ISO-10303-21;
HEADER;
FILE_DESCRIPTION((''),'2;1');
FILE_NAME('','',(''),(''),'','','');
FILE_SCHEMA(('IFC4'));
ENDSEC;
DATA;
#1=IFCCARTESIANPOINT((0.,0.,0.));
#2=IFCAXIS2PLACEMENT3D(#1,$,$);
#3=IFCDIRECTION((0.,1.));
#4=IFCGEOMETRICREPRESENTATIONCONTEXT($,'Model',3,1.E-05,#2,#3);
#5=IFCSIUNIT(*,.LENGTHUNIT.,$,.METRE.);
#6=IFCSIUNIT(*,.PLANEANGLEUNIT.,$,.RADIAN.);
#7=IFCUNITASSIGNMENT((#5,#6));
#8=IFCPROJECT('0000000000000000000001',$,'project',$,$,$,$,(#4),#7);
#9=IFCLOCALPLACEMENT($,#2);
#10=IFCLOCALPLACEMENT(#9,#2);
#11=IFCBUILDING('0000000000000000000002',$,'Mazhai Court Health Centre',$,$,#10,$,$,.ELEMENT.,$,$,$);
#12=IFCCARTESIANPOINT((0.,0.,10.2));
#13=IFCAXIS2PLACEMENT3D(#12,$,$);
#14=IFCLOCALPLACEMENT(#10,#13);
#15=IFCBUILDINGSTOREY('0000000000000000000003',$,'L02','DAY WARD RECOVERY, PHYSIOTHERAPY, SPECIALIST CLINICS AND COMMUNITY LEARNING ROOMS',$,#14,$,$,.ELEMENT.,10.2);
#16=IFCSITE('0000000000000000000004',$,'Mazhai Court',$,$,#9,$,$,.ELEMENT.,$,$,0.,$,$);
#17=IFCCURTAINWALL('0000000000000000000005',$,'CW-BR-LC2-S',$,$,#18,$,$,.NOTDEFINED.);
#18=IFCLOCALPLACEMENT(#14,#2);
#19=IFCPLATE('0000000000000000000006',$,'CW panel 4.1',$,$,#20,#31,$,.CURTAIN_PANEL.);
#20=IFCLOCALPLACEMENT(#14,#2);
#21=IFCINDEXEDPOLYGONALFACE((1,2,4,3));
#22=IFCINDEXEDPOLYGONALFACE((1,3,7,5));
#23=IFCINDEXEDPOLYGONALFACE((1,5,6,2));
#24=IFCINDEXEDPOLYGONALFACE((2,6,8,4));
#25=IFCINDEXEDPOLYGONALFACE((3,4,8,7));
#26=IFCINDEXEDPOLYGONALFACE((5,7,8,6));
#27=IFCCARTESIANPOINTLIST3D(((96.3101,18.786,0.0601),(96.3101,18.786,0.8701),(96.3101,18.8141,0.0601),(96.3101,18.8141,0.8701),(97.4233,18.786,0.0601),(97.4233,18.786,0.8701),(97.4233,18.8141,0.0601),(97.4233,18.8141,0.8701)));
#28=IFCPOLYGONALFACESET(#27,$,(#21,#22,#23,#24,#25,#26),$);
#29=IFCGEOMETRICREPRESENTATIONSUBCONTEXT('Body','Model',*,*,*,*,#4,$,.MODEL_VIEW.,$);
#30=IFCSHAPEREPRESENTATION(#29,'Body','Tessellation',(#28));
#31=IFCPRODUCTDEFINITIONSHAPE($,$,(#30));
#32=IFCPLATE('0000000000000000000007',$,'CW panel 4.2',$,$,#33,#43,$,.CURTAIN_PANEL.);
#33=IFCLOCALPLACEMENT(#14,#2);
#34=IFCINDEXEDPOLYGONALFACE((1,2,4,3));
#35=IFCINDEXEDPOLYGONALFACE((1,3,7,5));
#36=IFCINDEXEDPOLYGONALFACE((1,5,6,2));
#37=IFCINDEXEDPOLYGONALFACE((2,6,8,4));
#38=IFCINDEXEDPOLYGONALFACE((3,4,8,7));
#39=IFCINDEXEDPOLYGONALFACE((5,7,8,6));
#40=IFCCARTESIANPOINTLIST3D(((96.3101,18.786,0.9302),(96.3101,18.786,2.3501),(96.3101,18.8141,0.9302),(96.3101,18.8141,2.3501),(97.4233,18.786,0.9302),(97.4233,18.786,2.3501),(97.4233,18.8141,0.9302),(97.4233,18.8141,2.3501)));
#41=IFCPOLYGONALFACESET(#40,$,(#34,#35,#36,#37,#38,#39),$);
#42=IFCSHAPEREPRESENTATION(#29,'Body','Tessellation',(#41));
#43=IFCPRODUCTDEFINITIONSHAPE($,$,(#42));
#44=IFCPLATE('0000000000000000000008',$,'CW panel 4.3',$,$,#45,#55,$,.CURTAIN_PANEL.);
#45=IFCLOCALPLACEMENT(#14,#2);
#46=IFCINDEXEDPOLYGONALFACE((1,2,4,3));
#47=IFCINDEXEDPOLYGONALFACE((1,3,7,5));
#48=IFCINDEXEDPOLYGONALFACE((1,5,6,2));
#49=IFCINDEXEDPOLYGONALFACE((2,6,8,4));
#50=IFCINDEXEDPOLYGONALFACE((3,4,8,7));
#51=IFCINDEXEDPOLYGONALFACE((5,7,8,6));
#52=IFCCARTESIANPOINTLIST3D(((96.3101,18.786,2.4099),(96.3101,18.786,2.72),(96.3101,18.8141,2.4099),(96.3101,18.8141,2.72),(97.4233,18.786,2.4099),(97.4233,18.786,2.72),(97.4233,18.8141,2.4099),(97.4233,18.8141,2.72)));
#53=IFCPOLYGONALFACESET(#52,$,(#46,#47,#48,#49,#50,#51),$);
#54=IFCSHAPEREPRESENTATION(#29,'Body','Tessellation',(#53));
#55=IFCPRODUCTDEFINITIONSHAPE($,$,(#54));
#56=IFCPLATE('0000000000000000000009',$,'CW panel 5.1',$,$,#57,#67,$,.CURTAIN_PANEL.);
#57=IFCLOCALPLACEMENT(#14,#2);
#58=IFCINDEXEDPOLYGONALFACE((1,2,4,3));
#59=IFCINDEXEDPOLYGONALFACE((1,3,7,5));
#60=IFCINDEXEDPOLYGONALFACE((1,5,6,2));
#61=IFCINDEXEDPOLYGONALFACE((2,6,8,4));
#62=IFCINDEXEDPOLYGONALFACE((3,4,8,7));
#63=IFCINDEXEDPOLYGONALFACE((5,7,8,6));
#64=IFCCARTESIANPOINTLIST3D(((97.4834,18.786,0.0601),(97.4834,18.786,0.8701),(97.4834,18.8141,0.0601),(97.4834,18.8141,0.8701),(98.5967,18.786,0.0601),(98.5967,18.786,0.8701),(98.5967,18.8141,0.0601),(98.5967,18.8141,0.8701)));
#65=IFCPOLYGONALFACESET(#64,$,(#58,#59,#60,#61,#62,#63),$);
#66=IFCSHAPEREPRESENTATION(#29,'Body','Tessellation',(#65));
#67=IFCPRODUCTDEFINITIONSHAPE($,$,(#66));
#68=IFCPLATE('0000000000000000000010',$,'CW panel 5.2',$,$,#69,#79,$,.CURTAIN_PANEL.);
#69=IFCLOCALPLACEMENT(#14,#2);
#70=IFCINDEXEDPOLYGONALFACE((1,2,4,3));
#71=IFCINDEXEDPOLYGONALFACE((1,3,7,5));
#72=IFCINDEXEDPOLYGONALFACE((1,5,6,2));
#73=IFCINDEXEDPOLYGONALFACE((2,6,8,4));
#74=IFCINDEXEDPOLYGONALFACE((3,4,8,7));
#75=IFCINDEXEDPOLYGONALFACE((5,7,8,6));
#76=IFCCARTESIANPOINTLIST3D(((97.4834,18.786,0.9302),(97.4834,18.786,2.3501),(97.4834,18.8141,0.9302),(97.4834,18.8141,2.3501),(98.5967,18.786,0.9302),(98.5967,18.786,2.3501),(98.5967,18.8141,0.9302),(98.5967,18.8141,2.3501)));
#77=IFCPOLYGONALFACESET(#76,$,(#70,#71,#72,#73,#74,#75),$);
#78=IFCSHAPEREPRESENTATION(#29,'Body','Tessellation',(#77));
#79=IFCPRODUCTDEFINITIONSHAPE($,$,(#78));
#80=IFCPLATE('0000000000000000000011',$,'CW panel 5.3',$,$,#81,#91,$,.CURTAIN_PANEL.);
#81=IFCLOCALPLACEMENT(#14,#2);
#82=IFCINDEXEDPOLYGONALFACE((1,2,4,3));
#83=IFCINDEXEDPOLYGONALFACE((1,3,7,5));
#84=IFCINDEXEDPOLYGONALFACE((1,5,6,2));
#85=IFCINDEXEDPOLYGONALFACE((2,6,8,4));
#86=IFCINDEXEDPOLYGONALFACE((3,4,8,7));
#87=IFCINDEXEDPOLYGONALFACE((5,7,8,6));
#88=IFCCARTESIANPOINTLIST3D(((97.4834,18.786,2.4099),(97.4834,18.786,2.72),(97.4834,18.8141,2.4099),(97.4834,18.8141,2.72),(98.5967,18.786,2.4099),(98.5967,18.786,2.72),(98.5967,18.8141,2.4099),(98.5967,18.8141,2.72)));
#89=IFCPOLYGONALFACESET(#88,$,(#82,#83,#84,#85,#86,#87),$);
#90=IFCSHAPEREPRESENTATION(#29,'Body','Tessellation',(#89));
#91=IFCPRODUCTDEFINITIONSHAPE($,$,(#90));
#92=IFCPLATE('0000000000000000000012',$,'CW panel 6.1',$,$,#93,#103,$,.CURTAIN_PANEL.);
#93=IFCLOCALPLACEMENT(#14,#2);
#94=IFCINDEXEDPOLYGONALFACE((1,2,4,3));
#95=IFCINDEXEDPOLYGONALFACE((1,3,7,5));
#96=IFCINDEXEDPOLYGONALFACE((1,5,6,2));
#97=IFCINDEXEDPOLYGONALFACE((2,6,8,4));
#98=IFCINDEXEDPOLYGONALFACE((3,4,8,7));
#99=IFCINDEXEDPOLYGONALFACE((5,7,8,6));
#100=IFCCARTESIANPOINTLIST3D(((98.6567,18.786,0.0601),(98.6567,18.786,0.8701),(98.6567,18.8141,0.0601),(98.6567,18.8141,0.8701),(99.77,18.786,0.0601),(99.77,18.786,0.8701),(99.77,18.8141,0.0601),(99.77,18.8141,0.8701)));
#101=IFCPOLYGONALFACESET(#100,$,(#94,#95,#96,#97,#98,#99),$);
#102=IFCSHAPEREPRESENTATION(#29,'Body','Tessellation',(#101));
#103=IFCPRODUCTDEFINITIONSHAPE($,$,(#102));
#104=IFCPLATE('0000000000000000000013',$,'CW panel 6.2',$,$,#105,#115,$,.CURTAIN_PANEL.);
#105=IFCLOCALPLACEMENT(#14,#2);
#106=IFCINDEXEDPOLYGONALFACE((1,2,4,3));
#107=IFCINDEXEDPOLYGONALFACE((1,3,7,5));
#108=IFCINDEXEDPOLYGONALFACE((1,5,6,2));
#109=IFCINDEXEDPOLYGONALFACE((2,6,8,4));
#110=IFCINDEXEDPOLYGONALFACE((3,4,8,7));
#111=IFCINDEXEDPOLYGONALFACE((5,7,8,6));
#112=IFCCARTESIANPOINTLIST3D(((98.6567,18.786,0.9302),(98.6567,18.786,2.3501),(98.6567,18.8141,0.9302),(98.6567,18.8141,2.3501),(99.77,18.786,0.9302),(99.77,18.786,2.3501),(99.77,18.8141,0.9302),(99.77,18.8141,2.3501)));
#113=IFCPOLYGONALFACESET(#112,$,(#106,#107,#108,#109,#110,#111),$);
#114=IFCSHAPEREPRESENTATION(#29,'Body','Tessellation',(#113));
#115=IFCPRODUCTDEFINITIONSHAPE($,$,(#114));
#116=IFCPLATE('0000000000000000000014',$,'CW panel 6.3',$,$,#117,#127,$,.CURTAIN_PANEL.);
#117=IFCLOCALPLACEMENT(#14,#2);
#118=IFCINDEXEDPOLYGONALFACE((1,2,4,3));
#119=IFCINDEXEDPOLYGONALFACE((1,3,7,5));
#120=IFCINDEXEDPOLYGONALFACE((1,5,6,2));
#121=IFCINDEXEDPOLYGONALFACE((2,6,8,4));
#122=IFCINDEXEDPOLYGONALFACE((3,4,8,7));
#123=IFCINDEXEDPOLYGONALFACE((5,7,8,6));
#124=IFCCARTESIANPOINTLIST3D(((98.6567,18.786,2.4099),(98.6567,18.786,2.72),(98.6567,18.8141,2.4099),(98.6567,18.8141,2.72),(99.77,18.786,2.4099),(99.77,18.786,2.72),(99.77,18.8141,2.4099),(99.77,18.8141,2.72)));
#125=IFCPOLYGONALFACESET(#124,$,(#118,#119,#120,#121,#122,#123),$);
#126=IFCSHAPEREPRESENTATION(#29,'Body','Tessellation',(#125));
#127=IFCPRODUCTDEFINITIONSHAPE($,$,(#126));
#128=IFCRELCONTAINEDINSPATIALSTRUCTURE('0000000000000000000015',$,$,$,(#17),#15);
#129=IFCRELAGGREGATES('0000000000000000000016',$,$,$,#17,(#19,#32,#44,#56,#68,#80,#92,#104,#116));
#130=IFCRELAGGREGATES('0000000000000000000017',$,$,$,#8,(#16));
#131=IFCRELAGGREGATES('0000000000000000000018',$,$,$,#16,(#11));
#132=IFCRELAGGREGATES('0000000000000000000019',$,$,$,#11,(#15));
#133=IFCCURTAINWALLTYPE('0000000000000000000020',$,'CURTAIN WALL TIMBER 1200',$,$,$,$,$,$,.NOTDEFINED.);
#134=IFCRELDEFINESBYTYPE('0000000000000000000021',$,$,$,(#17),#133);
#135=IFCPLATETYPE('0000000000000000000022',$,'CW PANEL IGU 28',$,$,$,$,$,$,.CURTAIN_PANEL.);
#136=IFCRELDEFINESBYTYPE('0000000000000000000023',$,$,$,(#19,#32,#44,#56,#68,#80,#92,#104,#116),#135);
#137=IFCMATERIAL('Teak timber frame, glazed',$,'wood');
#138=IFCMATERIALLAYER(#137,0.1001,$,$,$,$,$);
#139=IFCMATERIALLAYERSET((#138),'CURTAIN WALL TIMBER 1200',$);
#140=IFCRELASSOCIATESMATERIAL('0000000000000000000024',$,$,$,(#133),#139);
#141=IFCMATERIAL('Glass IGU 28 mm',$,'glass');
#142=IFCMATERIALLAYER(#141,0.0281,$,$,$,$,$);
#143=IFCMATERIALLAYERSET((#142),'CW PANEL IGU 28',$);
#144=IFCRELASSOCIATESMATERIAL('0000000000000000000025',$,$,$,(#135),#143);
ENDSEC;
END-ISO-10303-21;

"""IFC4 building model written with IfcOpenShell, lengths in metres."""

from ifc_helpers import new_model, si_unit, direction, frame, origin, origin_2d, place, context, subcontext, project, spatial, rectangle, extrude, material, layer, layer_set, type_object, element, aggregate, save


model = new_model("IFC4")

# Units and contexts
model_context = context("Model", 3, precision=1e-05, world=origin(), true_north=direction((0.0, 1.0)))
body_context = subcontext(model_context, "Body", "Model", "MODEL_VIEW")
ifc_project = project(units=[si_unit("LENGTHUNIT", "METRE"), si_unit("PLANEANGLEUNIT", "RADIAN")], contexts=[model_context])

# Site, building, storey
site_placement = place(None, origin())
site = spatial("IfcSite", under=ifc_project, at=site_placement, Name="Mazhai Court", CompositionType="ELEMENT", RefElevation=0.0)
building_placement = place(site_placement, origin())
building = spatial("IfcBuilding", under=site, at=building_placement, Name="Mazhai Court Health Centre", CompositionType="ELEMENT")
storey_placement = place(building_placement, frame((0.0, 0.0, 10.2)))
storey = spatial("IfcBuildingStorey", under=building, at=storey_placement, Name="L02", Description="DAY WARD RECOVERY, PHYSIOTHERAPY, SPECIALIST CLINICS AND COMMUNITY LEARNING ROOMS", CompositionType="ELEMENT", Elevation=10.2)

# Curtain wall, plates
ifc_material_1 = material(Name="Teak timber frame, glazed", Category="wood")
ifc_layer_1 = layer(ifc_material_1, 0.1001)
ifc_layer_set_1 = layer_set([ifc_layer_1], Name="CURTAIN WALL TIMBER 1200")
curtain_wall_type = type_object("IfcCurtainWallType", Name="CURTAIN WALL TIMBER 1200", PredefinedType="NOTDEFINED", material=ifc_layer_set_1)
curtain_wall_placement = place(storey_placement, origin())
curtain_wall = element("IfcCurtainWall", 1, at=curtain_wall_placement, inside=storey, type_object=curtain_wall_type, Name="CW-BR-LC2-S", PredefinedType="NOTDEFINED")
ifc_material_2 = material(Name="Glass IGU 28 mm", Category="glass")
ifc_layer_2 = layer(ifc_material_2, 0.0281)
ifc_layer_set_2 = layer_set([ifc_layer_2], Name="CW PANEL IGU 28")
plate_type = type_object("IfcPlateType", Name="CW PANEL IGU 28", PredefinedType="CURTAIN_PANEL", material=ifc_layer_set_2)
plate_1_placement = place(storey_placement, frame((96.8667, 18.8, 0.0601), z_axis=(0.0, 0.0, 1.0), x_axis=(1.0, 0.0, 0.0)))
plate_1 = element("IfcPlate", 2, at=plate_1_placement, type_object=plate_type, Name="CW panel 4.1", PredefinedType="CURTAIN_PANEL", context=body_context, shape_type="SweptSolid", body=[
    extrude(rectangle(XDim=1.1133, YDim=0.0281, at=origin_2d()), origin(), (0.0, 0.0, 1.0), 0.8101),
])
plate_2_placement = place(storey_placement, frame((96.8667, 18.8, 0.9302), z_axis=(0.0, 0.0, 1.0), x_axis=(1.0, 0.0, 0.0)))
plate_2 = element("IfcPlate", 3, at=plate_2_placement, type_object=plate_type, Name="CW panel 4.2", PredefinedType="CURTAIN_PANEL", context=body_context, shape_type="SweptSolid", body=[
    extrude(rectangle(XDim=1.1133, YDim=0.0281, at=origin_2d()), origin(), (0.0, 0.0, 1.0), 1.4199),
])
plate_3_placement = place(storey_placement, frame((96.8667, 18.8, 2.4099), z_axis=(0.0, 0.0, 1.0), x_axis=(1.0, 0.0, 0.0)))
plate_3 = element("IfcPlate", 4, at=plate_3_placement, type_object=plate_type, Name="CW panel 4.3", PredefinedType="CURTAIN_PANEL", context=body_context, shape_type="SweptSolid", body=[
    extrude(rectangle(XDim=1.1133, YDim=0.0281, at=origin_2d()), origin(), (0.0, 0.0, 1.0), 0.3101),
])
plate_4_placement = place(storey_placement, frame((98.04, 18.8, 0.0601), z_axis=(0.0, 0.0, 1.0), x_axis=(1.0, 0.0, 0.0)))
plate_4 = element("IfcPlate", 5, at=plate_4_placement, type_object=plate_type, Name="CW panel 5.1", PredefinedType="CURTAIN_PANEL", context=body_context, shape_type="SweptSolid", body=[
    extrude(rectangle(XDim=1.1133, YDim=0.0281, at=origin_2d()), origin(), (0.0, 0.0, 1.0), 0.8101),
])
plate_5_placement = place(storey_placement, frame((98.04, 18.8, 0.9302), z_axis=(0.0, 0.0, 1.0), x_axis=(1.0, 0.0, 0.0)))
plate_5 = element("IfcPlate", 6, at=plate_5_placement, type_object=plate_type, Name="CW panel 5.2", PredefinedType="CURTAIN_PANEL", context=body_context, shape_type="SweptSolid", body=[
    extrude(rectangle(XDim=1.1133, YDim=0.0281, at=origin_2d()), origin(), (0.0, 0.0, 1.0), 1.4199),
])
plate_6_placement = place(storey_placement, frame((98.04, 18.8, 2.4099), z_axis=(0.0, 0.0, 1.0), x_axis=(1.0, 0.0, 0.0)))
plate_6 = element("IfcPlate", 7, at=plate_6_placement, type_object=plate_type, Name="CW panel 5.3", PredefinedType="CURTAIN_PANEL", context=body_context, shape_type="SweptSolid", body=[
    extrude(rectangle(XDim=1.1133, YDim=0.0281, at=origin_2d()), origin(), (0.0, 0.0, 1.0), 0.3101),
])
plate_7_placement = place(storey_placement, frame((99.2134, 18.8, 0.0601), z_axis=(0.0, 0.0, 1.0), x_axis=(1.0, 0.0, 0.0)))
plate_7 = element("IfcPlate", 8, at=plate_7_placement, type_object=plate_type, Name="CW panel 6.1", PredefinedType="CURTAIN_PANEL", context=body_context, shape_type="SweptSolid", body=[
    extrude(rectangle(XDim=1.1133, YDim=0.0281, at=origin_2d()), origin(), (0.0, 0.0, 1.0), 0.8101),
])
plate_8_placement = place(storey_placement, frame((99.2134, 18.8, 0.9302), z_axis=(0.0, 0.0, 1.0), x_axis=(1.0, 0.0, 0.0)))
plate_8 = element("IfcPlate", 9, at=plate_8_placement, type_object=plate_type, Name="CW panel 6.2", PredefinedType="CURTAIN_PANEL", context=body_context, shape_type="SweptSolid", body=[
    extrude(rectangle(XDim=1.1133, YDim=0.0281, at=origin_2d()), origin(), (0.0, 0.0, 1.0), 1.4199),
])
plate_9_placement = place(storey_placement, frame((99.2134, 18.8, 2.4099), z_axis=(0.0, 0.0, 1.0), x_axis=(1.0, 0.0, 0.0)))
plate_9 = element("IfcPlate", 10, at=plate_9_placement, type_object=plate_type, Name="CW panel 6.3", PredefinedType="CURTAIN_PANEL", context=body_context, shape_type="SweptSolid", body=[
    extrude(rectangle(XDim=1.1133, YDim=0.0281, at=origin_2d()), origin(), (0.0, 0.0, 1.0), 0.3101),
])
aggregate(curtain_wall, [plate_1, plate_2, plate_3, plate_4, plate_5, plate_6, plate_7, plate_8, plate_9])

save(model, "model.ifc")
